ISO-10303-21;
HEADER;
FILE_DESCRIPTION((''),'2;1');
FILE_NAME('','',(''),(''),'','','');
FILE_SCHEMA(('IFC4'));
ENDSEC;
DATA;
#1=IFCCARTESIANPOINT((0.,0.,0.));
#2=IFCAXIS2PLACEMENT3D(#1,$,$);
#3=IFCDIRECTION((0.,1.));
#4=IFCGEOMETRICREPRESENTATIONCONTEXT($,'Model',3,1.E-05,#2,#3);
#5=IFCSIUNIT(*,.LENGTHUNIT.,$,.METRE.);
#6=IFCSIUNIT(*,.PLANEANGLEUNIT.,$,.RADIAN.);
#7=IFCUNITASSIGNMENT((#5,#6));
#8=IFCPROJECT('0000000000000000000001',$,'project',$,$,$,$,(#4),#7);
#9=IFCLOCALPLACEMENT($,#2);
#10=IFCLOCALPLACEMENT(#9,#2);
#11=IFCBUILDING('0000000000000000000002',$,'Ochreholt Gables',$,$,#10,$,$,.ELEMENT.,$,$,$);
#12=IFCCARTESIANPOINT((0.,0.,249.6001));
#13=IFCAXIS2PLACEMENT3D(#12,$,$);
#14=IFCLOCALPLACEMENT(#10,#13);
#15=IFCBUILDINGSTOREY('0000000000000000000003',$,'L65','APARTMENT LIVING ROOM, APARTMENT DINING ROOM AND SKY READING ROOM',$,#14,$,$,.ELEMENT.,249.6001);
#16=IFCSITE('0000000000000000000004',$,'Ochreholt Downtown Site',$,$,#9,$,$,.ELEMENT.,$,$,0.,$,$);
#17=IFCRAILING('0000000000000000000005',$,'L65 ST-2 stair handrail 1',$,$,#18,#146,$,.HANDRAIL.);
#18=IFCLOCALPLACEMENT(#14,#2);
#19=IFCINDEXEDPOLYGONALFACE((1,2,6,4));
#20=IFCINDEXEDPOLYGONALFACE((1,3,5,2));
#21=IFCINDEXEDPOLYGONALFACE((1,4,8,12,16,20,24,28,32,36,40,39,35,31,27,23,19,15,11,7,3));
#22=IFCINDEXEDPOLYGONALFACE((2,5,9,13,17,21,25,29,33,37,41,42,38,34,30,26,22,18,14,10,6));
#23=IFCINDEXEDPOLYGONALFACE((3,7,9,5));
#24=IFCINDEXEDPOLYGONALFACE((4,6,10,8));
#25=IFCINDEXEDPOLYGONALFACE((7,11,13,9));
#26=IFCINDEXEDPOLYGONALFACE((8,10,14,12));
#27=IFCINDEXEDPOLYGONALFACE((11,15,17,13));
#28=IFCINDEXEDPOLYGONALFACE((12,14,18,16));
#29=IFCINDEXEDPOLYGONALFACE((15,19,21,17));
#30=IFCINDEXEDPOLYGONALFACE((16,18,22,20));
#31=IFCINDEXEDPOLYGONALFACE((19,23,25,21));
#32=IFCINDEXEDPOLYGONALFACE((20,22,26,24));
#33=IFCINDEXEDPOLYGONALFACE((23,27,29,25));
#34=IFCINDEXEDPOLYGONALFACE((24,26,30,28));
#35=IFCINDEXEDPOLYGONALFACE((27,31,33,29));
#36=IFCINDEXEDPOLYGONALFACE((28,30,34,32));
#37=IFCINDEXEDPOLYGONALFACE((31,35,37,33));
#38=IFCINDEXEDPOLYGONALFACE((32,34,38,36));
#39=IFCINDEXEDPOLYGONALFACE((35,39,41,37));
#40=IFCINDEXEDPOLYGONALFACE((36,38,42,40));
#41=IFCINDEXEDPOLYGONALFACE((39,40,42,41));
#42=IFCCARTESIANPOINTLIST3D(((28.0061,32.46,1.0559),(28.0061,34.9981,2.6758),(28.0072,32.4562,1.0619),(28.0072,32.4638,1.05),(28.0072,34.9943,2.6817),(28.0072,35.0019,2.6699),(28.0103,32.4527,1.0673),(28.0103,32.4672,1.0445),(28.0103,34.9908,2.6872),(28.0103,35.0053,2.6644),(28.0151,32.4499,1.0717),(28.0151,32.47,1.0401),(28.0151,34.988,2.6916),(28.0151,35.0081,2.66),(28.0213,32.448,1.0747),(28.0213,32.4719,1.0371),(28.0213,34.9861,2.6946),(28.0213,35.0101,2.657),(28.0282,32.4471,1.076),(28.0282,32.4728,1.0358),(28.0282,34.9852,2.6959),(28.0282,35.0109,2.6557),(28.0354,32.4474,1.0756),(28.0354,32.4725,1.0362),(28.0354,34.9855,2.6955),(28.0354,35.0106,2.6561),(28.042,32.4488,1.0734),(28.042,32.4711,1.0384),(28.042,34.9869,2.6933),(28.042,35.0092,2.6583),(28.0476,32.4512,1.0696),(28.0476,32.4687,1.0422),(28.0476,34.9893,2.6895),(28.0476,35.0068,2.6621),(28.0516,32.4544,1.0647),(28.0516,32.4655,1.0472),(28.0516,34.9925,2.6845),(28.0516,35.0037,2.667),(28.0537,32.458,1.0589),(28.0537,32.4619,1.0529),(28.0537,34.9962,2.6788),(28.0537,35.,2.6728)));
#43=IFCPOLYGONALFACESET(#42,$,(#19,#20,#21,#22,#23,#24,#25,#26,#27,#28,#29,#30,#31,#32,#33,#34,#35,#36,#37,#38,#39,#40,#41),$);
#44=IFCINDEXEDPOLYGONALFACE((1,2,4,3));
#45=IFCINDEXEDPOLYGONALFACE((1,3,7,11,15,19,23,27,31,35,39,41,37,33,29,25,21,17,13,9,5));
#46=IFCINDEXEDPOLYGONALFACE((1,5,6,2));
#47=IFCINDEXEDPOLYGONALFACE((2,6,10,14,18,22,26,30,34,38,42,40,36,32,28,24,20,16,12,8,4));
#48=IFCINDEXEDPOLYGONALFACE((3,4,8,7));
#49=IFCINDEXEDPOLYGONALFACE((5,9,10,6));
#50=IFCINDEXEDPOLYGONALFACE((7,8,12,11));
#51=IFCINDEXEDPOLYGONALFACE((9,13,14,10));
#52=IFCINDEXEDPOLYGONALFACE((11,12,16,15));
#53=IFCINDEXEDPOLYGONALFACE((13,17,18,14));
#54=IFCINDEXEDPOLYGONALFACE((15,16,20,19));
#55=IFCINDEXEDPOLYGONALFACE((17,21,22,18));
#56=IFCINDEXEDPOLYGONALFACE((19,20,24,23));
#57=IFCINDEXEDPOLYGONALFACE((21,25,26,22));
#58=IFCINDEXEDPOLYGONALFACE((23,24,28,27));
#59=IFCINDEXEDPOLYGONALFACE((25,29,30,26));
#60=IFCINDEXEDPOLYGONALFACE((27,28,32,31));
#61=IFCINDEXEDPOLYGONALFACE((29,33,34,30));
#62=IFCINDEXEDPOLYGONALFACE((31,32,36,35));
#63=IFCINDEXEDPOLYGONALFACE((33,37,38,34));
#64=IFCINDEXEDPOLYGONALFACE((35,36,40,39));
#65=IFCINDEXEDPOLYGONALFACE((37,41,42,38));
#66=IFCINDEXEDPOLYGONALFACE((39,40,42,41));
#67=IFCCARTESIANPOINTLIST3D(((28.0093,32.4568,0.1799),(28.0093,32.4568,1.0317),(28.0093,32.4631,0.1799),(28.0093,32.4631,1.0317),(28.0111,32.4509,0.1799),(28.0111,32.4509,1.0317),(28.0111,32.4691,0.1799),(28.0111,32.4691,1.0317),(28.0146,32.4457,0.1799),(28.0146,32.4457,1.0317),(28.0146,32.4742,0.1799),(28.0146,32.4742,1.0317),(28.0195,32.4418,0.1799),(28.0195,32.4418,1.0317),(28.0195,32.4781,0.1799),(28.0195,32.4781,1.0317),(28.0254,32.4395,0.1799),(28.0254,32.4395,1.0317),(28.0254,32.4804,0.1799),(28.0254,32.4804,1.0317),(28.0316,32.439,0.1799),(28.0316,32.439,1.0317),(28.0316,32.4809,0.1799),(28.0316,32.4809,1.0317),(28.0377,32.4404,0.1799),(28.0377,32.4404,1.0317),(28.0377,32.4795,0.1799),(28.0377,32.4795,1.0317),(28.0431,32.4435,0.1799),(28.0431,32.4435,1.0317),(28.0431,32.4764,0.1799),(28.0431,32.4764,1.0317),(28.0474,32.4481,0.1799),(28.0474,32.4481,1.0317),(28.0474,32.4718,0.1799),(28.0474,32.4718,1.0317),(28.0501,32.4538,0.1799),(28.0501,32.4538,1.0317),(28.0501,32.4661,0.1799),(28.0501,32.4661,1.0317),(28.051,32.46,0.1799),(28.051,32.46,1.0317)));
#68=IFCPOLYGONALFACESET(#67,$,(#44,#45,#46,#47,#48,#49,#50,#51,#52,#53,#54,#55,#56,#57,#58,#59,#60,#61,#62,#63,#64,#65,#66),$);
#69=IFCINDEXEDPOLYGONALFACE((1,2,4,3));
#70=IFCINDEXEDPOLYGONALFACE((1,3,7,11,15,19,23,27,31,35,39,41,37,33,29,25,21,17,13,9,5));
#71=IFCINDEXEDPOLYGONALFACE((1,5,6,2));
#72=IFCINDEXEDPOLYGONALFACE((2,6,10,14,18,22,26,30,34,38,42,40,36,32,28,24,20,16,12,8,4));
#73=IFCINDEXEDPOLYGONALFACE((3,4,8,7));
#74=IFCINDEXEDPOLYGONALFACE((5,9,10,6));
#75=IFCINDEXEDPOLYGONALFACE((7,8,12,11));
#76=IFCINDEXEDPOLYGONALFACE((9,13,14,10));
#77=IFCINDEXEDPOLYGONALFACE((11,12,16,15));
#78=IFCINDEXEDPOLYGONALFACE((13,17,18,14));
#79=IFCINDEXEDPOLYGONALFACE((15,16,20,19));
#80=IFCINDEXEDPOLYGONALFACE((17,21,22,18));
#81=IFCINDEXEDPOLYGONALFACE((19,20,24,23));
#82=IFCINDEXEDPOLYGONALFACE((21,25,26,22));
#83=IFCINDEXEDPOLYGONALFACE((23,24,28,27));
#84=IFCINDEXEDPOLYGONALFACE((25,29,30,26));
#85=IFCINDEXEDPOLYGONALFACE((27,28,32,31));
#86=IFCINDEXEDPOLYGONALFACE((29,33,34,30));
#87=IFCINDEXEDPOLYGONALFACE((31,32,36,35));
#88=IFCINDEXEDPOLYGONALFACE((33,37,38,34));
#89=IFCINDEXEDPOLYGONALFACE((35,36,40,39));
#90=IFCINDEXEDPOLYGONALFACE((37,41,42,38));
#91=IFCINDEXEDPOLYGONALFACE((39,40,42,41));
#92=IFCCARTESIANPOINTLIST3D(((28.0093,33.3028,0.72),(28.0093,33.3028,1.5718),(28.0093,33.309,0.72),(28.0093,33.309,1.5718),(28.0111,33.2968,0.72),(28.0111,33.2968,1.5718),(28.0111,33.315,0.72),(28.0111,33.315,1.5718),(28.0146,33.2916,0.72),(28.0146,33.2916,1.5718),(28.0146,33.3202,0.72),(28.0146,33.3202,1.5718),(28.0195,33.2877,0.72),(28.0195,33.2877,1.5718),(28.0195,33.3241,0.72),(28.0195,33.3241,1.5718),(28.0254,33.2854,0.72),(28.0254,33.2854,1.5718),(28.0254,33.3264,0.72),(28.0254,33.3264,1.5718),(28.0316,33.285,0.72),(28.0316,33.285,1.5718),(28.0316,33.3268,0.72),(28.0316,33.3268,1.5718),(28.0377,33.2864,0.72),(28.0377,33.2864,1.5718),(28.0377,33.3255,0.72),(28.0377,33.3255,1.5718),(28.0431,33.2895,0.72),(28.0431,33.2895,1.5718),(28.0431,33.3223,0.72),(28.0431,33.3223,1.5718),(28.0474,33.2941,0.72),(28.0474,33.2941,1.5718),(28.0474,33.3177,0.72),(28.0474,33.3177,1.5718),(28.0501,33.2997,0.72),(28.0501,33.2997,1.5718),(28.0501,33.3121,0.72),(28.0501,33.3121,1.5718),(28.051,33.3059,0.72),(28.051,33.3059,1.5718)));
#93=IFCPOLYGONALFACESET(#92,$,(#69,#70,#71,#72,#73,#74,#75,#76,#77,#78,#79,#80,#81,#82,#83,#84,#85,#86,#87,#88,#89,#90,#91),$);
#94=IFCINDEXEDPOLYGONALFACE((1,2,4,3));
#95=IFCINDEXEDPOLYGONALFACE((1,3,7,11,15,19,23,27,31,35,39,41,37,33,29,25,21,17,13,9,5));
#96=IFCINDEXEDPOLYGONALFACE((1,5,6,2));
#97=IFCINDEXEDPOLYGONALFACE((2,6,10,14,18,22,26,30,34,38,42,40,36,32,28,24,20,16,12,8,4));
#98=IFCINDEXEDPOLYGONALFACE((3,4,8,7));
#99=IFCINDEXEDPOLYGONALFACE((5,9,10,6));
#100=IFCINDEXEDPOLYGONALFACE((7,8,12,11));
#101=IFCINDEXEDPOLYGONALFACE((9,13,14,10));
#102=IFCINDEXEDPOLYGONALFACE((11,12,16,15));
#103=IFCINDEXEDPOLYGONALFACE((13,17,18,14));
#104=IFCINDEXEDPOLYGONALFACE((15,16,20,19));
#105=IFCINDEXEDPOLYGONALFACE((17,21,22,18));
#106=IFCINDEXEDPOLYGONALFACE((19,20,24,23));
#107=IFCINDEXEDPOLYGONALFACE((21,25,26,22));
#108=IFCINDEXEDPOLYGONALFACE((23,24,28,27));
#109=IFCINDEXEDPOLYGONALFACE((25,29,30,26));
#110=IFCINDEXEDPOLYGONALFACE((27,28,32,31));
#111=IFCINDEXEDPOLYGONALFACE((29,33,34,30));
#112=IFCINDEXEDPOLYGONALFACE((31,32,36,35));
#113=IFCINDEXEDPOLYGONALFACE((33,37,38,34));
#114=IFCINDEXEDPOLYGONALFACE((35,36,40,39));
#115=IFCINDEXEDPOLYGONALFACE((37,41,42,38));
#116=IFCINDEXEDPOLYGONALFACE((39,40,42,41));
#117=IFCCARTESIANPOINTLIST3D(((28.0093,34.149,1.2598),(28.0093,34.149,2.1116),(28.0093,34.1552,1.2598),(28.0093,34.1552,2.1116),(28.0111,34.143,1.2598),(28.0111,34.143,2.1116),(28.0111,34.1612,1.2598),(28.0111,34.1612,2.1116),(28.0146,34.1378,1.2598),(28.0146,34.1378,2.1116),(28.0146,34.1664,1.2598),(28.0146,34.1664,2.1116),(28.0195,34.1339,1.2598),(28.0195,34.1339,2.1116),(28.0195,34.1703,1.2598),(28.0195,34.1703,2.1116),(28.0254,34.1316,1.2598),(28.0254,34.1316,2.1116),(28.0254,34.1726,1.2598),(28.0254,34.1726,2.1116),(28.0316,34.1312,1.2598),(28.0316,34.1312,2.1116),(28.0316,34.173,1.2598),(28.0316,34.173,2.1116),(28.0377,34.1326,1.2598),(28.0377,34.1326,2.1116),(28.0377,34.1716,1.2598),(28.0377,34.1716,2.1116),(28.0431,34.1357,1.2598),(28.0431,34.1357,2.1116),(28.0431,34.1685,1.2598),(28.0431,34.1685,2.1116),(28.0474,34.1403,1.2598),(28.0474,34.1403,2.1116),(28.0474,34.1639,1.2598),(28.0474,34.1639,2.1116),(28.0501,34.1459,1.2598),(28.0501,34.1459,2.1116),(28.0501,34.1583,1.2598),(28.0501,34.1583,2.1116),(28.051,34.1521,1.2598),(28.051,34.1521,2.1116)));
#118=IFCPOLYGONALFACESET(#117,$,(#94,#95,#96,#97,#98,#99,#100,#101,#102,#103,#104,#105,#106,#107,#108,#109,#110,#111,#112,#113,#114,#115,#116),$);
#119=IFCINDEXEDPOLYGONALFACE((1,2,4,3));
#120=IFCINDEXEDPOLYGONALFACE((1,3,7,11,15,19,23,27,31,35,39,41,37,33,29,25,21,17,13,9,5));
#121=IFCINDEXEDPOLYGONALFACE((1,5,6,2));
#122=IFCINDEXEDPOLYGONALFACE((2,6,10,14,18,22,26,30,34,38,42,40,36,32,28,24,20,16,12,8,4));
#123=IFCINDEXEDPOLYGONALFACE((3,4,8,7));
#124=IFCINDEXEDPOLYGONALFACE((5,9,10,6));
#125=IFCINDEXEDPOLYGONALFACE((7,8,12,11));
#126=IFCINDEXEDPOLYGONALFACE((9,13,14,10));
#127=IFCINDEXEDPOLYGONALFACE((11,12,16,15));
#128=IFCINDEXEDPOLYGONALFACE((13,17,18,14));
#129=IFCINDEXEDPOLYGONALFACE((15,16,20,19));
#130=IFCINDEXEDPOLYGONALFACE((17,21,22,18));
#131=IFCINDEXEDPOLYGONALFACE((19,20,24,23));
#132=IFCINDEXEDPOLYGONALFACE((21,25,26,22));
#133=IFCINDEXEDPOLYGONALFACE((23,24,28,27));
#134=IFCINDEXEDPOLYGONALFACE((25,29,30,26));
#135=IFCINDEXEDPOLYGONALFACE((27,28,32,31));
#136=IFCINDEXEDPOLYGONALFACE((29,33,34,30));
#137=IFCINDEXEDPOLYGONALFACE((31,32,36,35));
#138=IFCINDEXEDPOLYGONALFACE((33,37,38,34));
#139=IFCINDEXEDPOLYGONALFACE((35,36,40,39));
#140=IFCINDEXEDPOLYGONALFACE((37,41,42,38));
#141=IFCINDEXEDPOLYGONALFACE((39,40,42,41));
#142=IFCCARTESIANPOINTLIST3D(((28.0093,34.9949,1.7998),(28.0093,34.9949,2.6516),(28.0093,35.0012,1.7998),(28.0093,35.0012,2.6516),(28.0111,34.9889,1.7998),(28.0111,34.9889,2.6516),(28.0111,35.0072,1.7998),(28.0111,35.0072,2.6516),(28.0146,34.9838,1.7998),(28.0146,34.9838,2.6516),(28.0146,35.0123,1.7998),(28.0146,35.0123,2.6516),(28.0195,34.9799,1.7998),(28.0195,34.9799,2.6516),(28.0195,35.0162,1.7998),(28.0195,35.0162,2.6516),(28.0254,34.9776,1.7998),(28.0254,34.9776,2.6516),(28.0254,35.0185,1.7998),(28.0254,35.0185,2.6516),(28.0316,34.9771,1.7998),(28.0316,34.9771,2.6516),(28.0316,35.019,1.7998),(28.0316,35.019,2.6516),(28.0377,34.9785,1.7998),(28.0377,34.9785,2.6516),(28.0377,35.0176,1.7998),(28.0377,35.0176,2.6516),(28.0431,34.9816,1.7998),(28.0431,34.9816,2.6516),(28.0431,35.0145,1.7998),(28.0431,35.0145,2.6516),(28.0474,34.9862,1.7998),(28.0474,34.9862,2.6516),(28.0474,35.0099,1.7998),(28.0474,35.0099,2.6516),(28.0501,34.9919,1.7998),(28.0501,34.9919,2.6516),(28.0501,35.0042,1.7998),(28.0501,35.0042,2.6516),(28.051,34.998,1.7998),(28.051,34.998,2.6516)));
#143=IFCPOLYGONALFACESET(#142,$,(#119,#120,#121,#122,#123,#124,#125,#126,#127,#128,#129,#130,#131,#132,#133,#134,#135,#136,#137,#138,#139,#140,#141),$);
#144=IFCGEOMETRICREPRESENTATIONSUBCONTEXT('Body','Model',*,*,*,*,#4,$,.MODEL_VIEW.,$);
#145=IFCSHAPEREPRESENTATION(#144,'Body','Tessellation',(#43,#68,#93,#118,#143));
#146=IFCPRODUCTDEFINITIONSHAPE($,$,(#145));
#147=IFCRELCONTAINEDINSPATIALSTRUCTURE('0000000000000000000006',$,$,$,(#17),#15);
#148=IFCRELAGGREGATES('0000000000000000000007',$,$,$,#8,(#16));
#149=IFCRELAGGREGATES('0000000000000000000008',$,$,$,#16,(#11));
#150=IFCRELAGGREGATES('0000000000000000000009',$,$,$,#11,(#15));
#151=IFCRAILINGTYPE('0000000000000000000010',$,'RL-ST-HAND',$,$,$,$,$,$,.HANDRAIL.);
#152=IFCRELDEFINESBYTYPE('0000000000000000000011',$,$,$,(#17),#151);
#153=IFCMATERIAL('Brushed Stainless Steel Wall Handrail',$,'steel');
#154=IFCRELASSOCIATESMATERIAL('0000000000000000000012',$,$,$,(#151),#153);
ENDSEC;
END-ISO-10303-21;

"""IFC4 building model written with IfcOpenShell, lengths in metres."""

from ifc_helpers import new_model, si_unit, direction, frame, origin, origin_2d, place, context, subcontext, project, spatial, circle, extrude, material, type_object, element, save


model = new_model("IFC4")

# Units and contexts
model_context = context("Model", 3, precision=1e-05, world=origin(), true_north=direction((0.0, 1.0)))
body_context = subcontext(model_context, "Body", "Model", "MODEL_VIEW")
ifc_project = project(units=[si_unit("LENGTHUNIT", "METRE"), si_unit("PLANEANGLEUNIT", "RADIAN")], contexts=[model_context])

# Site, building, storey
site_placement = place(None, origin())
site = spatial("IfcSite", under=ifc_project, at=site_placement, Name="Ochreholt Downtown Site", CompositionType="ELEMENT", RefElevation=0.0)
building_placement = place(site_placement, origin())
building = spatial("IfcBuilding", under=site, at=building_placement, Name="Ochreholt Gables", CompositionType="ELEMENT")
storey_placement = place(building_placement, frame((0.0, 0.0, 249.6001)))
storey = spatial("IfcBuildingStorey", under=building, at=storey_placement, Name="L65", Description="APARTMENT LIVING ROOM, APARTMENT DINING ROOM AND SKY READING ROOM", CompositionType="ELEMENT", Elevation=249.6001)

# Railing
ifc_material_1 = material(Name="Brushed Stainless Steel Wall Handrail", Category="steel")
railing_type_1 = type_object("IfcRailingType", Name="RL-ST-HAND", PredefinedType="HANDRAIL", material=ifc_material_1)
railing_1_placement = place(storey_placement, frame((28.03, 32.46, 0.1799)))
element("IfcRailing", 1, at=railing_1_placement, inside=storey, type_object=railing_type_1, Name="L65 ST-2 stair handrail 1", PredefinedType="HANDRAIL", context=body_context, shape_type="SweptSolid", body=[
    extrude(circle(Radius=0.0239, at=origin_2d()), frame((0.0, 0.0, 0.876), z_axis=(0.0, 0.84295, 0.537993), x_axis=(-1.0, 0.0, 0.0)), (0.0, 0.0, 1.0), 3.011),
    extrude(circle(Radius=0.021, at=origin_2d()), origin(), (0.0, 0.0, 1.0), 0.8518),
    extrude(circle(Radius=0.021, at=origin_2d()), frame((0.0, 0.8459, 0.54)), (0.0, 0.0, 1.0), 0.8518),
    extrude(circle(Radius=0.021, at=origin_2d()), frame((0.0, 1.6921, 1.0798)), (0.0, 0.0, 1.0), 0.8518),
    extrude(circle(Radius=0.021, at=origin_2d()), frame((0.0, 2.5381, 1.6199)), (0.0, 0.0, 1.0), 0.8518),
])

save(model, "model.ifc")
